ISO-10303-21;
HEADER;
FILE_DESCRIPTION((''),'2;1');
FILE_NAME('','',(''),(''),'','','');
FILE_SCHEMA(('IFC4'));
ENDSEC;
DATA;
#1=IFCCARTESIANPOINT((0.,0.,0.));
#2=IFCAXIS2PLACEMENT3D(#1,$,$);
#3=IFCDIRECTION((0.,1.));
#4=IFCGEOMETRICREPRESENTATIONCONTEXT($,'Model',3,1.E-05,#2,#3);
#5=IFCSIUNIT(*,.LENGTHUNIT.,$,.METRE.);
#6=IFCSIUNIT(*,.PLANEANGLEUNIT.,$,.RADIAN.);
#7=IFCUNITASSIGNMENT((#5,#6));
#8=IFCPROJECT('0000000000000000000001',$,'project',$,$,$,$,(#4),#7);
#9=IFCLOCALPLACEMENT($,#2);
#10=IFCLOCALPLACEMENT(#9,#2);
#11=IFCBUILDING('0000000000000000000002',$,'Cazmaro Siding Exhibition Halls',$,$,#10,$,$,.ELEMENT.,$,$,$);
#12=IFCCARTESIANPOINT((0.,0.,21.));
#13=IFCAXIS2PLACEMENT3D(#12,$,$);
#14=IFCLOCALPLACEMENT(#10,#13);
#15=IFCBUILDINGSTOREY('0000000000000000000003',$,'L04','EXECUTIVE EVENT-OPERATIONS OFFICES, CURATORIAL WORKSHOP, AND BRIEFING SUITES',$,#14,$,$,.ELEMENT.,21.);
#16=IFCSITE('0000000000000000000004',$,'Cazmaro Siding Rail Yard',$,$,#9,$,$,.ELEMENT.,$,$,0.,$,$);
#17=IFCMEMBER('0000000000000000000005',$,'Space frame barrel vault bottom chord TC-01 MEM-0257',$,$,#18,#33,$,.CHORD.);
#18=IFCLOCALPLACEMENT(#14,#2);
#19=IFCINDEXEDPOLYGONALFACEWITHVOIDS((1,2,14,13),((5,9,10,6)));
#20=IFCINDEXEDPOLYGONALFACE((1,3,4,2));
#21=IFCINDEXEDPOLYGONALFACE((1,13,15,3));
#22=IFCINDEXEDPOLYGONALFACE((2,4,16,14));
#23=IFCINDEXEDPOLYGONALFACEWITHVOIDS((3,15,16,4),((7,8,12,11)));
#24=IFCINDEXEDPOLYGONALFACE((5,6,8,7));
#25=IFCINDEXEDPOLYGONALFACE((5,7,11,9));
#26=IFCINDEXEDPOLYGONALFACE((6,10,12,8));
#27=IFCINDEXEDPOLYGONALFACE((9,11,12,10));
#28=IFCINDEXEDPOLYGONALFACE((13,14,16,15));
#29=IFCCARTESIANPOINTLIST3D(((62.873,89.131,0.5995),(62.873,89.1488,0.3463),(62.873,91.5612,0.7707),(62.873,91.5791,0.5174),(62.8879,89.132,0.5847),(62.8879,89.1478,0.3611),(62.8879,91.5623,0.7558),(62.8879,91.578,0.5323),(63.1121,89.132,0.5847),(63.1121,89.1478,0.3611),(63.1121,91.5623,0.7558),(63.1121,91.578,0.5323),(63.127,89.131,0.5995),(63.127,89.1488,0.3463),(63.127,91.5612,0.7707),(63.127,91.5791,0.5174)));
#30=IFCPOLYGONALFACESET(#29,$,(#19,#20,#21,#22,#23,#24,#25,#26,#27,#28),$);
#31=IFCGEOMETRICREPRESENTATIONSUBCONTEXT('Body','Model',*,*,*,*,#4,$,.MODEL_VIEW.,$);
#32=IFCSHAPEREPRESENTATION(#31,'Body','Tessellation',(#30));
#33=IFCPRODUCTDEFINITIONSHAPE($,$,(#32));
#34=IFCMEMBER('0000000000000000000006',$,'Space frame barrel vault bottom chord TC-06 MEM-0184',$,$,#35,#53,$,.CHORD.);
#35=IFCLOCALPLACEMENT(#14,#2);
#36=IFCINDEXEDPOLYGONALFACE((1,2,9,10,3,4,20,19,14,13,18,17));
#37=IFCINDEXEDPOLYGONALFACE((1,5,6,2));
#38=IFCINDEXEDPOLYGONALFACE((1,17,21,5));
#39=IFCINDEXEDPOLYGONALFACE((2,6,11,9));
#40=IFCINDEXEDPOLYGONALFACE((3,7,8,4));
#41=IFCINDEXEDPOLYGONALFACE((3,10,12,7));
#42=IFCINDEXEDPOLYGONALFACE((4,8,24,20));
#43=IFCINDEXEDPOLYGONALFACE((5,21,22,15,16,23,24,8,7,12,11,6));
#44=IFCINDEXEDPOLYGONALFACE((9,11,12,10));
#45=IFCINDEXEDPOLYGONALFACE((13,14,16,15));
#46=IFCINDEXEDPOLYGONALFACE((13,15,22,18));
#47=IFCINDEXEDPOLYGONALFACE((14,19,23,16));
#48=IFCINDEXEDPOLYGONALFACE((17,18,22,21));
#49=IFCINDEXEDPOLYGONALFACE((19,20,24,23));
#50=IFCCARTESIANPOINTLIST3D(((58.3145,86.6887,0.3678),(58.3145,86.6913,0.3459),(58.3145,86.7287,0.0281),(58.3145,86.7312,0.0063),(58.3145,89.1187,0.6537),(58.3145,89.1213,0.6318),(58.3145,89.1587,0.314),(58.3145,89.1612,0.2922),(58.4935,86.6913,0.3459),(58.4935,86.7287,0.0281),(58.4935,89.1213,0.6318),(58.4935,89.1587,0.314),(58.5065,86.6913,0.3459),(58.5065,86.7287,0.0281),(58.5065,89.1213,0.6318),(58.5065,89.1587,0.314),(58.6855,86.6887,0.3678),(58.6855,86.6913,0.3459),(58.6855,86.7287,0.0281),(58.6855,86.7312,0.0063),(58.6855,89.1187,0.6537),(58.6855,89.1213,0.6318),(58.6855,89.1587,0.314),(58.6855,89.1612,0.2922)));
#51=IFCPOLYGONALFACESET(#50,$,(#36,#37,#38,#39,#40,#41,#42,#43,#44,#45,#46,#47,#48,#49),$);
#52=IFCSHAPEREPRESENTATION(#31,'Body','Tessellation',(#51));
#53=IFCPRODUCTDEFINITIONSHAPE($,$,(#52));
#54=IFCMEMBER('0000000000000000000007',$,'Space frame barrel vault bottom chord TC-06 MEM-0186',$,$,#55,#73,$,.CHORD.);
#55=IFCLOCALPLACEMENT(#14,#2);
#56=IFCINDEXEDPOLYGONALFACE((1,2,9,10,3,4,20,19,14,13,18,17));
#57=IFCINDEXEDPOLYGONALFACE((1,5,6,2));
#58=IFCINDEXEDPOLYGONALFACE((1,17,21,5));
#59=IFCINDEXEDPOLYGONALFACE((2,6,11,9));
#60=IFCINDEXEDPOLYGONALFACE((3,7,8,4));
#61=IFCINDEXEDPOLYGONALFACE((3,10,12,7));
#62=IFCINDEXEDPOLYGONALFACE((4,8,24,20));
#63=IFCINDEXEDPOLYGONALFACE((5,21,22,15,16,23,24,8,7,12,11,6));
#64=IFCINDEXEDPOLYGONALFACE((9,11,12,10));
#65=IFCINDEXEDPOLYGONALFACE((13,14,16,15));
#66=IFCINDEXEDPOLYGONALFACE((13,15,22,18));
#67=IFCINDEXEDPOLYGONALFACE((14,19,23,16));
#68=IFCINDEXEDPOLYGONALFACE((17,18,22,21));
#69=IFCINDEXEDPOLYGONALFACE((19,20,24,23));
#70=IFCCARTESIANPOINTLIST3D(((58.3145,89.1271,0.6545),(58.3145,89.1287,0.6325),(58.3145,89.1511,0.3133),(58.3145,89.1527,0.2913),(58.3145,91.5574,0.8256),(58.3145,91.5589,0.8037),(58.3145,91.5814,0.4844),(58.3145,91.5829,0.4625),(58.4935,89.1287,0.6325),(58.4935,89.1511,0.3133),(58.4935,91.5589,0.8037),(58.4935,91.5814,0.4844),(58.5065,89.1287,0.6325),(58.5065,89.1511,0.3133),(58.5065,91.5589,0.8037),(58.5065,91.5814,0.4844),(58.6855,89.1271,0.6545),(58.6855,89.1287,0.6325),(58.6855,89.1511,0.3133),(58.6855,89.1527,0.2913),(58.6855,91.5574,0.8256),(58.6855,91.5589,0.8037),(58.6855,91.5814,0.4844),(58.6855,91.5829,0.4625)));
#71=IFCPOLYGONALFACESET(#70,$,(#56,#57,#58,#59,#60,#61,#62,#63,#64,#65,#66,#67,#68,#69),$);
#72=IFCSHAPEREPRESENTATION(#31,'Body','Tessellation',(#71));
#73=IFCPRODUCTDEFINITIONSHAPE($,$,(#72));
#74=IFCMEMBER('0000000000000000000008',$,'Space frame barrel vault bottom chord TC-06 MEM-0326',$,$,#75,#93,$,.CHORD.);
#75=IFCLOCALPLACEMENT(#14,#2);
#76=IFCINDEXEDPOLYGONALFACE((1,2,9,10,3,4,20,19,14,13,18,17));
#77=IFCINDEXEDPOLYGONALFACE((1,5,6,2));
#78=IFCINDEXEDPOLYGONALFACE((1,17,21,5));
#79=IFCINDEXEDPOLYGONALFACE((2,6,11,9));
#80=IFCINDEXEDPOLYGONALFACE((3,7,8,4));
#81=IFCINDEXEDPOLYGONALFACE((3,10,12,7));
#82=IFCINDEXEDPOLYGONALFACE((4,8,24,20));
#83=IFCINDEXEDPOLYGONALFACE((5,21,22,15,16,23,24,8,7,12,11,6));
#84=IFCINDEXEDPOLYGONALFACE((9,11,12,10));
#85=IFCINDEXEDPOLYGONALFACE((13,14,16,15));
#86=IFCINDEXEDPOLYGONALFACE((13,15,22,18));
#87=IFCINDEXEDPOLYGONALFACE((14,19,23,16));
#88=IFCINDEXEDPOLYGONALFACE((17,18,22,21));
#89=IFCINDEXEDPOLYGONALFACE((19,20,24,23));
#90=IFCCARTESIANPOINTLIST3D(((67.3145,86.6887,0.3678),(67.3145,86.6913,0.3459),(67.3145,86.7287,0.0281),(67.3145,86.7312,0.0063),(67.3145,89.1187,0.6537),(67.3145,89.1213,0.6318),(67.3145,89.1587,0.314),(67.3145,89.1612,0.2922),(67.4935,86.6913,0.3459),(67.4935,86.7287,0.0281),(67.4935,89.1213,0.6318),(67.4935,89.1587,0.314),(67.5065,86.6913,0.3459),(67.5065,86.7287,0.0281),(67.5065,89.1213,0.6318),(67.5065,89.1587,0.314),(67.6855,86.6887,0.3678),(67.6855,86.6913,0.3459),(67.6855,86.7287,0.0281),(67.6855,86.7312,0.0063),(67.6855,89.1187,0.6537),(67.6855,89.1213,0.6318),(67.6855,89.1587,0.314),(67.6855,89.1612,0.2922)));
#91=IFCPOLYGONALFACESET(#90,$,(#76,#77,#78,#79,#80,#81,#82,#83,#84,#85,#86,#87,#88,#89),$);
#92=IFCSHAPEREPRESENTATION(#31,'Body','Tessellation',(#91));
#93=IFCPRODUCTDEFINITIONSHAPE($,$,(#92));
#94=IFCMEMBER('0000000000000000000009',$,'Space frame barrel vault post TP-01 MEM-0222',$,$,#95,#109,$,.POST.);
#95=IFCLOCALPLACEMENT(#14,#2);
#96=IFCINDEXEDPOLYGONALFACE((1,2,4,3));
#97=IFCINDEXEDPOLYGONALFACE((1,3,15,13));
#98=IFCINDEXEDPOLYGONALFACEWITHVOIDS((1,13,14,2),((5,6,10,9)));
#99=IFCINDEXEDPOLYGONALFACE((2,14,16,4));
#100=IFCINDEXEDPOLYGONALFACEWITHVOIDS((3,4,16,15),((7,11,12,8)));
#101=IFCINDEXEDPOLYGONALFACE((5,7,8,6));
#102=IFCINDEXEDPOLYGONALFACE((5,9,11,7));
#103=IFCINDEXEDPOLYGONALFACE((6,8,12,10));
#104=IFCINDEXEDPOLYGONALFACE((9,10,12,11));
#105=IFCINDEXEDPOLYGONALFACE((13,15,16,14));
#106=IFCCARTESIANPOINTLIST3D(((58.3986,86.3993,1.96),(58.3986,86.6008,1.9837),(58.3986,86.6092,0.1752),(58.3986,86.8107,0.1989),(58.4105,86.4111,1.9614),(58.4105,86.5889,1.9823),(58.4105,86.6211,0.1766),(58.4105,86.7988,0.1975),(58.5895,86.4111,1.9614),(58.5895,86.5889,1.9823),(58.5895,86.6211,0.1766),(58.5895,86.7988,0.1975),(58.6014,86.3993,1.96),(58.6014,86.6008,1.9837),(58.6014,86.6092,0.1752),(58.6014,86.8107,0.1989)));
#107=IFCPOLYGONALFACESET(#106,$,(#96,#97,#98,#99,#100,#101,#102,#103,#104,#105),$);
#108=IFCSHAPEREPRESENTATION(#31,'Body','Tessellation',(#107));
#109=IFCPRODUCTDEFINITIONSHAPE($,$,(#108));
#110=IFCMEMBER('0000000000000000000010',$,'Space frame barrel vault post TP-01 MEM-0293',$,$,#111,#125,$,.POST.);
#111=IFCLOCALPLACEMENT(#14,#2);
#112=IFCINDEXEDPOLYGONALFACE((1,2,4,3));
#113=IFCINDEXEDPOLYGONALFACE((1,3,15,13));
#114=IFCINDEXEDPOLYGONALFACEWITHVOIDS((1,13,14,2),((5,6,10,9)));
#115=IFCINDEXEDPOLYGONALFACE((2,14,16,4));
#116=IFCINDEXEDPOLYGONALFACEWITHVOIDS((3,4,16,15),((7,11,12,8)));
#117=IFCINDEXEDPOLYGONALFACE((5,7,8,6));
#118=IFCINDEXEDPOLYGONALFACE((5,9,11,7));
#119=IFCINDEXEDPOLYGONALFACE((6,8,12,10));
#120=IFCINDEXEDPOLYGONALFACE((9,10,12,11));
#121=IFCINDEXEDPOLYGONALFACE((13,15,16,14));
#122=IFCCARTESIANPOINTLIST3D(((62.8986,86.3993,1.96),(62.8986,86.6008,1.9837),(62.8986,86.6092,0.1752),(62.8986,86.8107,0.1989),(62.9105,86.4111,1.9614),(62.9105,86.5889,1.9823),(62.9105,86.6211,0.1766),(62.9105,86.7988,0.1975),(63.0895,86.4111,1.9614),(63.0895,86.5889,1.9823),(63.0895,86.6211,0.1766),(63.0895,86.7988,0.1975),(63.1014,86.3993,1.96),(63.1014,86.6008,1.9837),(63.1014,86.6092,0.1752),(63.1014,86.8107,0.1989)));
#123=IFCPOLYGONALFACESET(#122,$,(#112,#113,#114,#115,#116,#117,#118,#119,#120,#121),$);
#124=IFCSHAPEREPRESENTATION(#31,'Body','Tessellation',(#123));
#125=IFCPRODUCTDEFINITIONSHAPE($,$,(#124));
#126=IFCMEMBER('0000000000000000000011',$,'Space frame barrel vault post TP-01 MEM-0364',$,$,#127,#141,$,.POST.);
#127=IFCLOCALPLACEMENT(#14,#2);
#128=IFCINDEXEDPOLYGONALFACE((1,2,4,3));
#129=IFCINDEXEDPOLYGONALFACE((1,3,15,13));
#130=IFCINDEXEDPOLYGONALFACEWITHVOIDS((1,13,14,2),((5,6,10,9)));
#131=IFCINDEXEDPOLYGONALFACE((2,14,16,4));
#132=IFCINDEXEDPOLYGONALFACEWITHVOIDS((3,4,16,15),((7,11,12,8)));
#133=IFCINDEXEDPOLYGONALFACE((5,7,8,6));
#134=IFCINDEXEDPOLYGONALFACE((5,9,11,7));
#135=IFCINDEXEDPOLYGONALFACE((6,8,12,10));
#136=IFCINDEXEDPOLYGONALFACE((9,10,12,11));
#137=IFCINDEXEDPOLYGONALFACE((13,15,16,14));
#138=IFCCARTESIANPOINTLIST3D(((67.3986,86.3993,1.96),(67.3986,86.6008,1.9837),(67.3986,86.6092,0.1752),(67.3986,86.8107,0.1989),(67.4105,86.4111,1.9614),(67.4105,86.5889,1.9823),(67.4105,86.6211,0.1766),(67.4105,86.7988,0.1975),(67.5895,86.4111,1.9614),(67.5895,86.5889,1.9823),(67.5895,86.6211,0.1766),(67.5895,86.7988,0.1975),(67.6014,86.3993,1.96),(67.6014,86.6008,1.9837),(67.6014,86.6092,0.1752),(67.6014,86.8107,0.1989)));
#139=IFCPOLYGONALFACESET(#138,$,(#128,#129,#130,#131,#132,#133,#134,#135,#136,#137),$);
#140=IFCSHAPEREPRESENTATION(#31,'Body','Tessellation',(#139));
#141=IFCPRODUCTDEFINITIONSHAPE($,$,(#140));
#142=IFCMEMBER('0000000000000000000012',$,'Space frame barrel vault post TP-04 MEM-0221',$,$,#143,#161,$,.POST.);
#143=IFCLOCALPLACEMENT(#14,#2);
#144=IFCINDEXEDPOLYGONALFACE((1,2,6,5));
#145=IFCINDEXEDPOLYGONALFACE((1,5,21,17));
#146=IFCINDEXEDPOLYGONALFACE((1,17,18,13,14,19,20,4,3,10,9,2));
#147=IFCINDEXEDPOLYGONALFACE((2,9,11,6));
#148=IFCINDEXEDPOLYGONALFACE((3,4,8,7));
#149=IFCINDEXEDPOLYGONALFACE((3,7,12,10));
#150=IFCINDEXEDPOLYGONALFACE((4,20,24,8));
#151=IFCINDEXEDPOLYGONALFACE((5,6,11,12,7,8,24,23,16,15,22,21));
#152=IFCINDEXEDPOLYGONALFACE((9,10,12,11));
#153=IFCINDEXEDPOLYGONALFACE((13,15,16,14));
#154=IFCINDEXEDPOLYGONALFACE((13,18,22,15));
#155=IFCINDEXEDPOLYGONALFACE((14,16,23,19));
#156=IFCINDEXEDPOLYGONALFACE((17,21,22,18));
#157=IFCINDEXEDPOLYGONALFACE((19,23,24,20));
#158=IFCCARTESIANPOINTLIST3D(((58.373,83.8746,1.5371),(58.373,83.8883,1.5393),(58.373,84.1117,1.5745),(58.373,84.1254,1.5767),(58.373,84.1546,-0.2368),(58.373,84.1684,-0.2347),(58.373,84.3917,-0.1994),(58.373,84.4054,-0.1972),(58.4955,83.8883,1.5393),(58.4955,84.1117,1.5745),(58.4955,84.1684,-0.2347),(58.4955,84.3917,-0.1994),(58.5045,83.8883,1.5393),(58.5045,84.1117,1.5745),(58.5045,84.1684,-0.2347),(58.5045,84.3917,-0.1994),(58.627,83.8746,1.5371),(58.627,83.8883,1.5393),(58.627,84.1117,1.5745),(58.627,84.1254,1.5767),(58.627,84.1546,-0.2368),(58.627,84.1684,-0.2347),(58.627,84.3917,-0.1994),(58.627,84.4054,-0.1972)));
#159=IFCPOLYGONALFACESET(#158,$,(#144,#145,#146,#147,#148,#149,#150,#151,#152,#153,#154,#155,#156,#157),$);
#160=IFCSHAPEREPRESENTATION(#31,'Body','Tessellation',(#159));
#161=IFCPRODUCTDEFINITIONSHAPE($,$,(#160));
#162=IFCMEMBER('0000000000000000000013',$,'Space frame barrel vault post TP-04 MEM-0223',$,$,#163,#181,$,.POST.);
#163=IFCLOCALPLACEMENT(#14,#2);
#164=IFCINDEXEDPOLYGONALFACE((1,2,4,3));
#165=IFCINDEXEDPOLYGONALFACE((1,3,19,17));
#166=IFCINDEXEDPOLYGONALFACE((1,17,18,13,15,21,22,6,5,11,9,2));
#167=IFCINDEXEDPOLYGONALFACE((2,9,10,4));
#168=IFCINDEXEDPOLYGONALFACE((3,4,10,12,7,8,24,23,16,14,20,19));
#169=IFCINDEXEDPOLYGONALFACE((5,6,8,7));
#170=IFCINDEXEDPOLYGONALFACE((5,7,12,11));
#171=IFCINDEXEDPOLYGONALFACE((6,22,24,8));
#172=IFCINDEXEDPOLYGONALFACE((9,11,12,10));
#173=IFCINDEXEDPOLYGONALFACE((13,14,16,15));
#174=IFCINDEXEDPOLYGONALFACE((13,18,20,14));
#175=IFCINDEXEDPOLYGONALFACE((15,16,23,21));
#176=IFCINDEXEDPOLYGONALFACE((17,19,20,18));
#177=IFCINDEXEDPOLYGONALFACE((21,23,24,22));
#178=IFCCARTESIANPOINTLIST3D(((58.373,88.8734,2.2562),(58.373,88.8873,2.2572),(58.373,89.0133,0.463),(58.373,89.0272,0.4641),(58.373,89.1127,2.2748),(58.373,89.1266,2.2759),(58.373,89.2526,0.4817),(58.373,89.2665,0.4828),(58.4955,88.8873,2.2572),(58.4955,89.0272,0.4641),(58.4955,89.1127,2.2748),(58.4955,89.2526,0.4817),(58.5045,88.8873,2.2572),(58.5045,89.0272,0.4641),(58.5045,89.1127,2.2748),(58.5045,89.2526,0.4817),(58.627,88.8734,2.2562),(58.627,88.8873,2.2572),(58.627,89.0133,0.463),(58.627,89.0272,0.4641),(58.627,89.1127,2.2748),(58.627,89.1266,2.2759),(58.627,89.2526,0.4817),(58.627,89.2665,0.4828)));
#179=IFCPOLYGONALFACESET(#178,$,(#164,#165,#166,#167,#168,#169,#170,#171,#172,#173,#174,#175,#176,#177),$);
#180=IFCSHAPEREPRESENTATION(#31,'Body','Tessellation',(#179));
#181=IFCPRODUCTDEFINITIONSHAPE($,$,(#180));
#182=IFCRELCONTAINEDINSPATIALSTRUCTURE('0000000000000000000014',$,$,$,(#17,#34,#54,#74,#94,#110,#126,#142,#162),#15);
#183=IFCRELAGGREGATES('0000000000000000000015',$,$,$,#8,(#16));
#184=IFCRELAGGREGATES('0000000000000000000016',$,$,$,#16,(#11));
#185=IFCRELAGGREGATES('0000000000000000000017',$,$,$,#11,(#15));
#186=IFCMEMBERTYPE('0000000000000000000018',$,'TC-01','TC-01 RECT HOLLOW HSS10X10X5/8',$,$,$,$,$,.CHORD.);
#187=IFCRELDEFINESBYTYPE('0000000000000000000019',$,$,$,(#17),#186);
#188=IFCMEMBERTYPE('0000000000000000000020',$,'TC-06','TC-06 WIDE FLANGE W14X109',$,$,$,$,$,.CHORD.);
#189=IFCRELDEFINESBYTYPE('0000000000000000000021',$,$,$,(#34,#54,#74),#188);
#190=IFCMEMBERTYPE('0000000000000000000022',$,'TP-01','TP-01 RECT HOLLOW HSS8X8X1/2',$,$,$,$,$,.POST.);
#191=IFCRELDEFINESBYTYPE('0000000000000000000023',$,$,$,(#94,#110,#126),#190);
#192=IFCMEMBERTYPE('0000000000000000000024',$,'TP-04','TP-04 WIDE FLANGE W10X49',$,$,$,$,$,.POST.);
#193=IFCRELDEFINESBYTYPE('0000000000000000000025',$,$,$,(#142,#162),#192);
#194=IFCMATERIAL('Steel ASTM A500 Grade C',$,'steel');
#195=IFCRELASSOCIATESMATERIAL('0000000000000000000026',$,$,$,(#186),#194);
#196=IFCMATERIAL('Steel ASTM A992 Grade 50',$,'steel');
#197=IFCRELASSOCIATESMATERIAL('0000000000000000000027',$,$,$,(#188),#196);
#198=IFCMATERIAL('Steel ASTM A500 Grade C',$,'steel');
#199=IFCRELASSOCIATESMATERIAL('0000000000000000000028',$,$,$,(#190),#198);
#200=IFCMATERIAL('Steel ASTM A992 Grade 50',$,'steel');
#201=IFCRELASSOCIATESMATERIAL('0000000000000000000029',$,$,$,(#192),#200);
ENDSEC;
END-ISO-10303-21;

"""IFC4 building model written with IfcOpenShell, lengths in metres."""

from ifc_helpers import new_model, si_unit, direction, frame, origin, origin_2d, place, context, subcontext, project, spatial, hollow_rectangle, i_section, extrude, material, material_profile, profile_set, type_object, element, save


model = new_model("IFC4")

# Units and contexts
model_context = context("Model", 3, precision=1e-05, world=origin(), true_north=direction((0.0, 1.0)))
body_context = subcontext(model_context, "Body", "Model", "MODEL_VIEW")
ifc_project = project(units=[si_unit("LENGTHUNIT", "METRE"), si_unit("PLANEANGLEUNIT", "RADIAN")], contexts=[model_context])

# Site, building, storey
site_placement = place(None, origin())
site = spatial("IfcSite", under=ifc_project, at=site_placement, Name="Cazmaro Siding Rail Yard", CompositionType="ELEMENT", RefElevation=0.0)
building_placement = place(site_placement, origin())
building = spatial("IfcBuilding", under=site, at=building_placement, Name="Cazmaro Siding Exhibition Halls", CompositionType="ELEMENT")
storey_placement = place(building_placement, frame((0.0, 0.0, 21.0)))
storey = spatial("IfcBuildingStorey", under=building, at=storey_placement, Name="L04", Description="EXECUTIVE EVENT-OPERATIONS OFFICES, CURATORIAL WORKSHOP, AND BRIEFING SUITES", CompositionType="ELEMENT", Elevation=21.0)

# Members
ifc_material_1 = material(Name="Steel ASTM A500 Grade C", Category="steel")
ifc_material_profile_1 = material_profile(ifc_material_1, hollow_rectangle(XDim=0.2539, YDim=0.2539, WallThickness=0.0149, at=origin_2d()), Name="HSS10X10X5/8")
ifc_profile_set_1 = profile_set([ifc_material_profile_1], Name="Steel ASTM A500 Grade C")
member_type_1 = type_object("IfcMemberType", Name="TC-01", Description="TC-01 RECT HOLLOW HSS10X10X5/8", PredefinedType="CHORD", material=ifc_profile_set_1)
member_1_placement = place(storey_placement, frame((63.0, 89.1399, 0.4729), z_axis=(0.0, 0.997529, 0.07025), x_axis=(-1.0, 0.0, 0.0)))
element("IfcMember", 1, at=member_1_placement, inside=storey, type_object=member_type_1, Name="Space frame barrel vault bottom chord TC-01 MEM-0257", PredefinedType="CHORD", context=body_context, shape_type="SweptSolid", body=[
    extrude(hollow_rectangle(XDim=0.2539, YDim=0.2539, WallThickness=0.0149, at=origin_2d()), origin(), (0.0, 0.0, 1.0), 2.4363),
])
ifc_material_2 = material(Name="Steel ASTM A992 Grade 50", Category="steel")
ifc_material_profile_2 = material_profile(ifc_material_2, i_section(OverallWidth=0.3711, OverallDepth=0.364, WebThickness=0.0129, FlangeThickness=0.022, at=origin_2d()), Name="W14X109")
ifc_profile_set_2 = profile_set([ifc_material_profile_2], Name="Steel ASTM A992 Grade 50")
member_type_2 = type_object("IfcMemberType", Name="TC-06", Description="TC-06 WIDE FLANGE W14X109", PredefinedType="CHORD", material=ifc_profile_set_2)
member_2_placement = place(storey_placement, frame((58.5, 86.71, 0.187), z_axis=(0.0, 0.99315, 0.116847), x_axis=(-1.0, 0.0, 0.0)))
element("IfcMember", 2, at=member_2_placement, inside=storey, type_object=member_type_2, Name="Space frame barrel vault bottom chord TC-06 MEM-0184", PredefinedType="CHORD", context=body_context, shape_type="SweptSolid", body=[
    extrude(i_section(OverallWidth=0.3711, OverallDepth=0.364, WebThickness=0.0129, FlangeThickness=0.022, at=origin_2d()), origin(), (0.0, 0.0, 1.0), 2.4468),
])
member_3_placement = place(storey_placement, frame((58.5, 89.1399, 0.4729), z_axis=(0.0, 0.997529, 0.07025), x_axis=(-1.0, 0.0, 0.0)))
element("IfcMember", 3, at=member_3_placement, inside=storey, type_object=member_type_2, Name="Space frame barrel vault bottom chord TC-06 MEM-0186", PredefinedType="CHORD", context=body_context, shape_type="SweptSolid", body=[
    extrude(i_section(OverallWidth=0.3711, OverallDepth=0.364, WebThickness=0.0129, FlangeThickness=0.022, at=origin_2d()), origin(), (0.0, 0.0, 1.0), 2.4363),
])
member_4_placement = place(storey_placement, frame((67.5, 86.71, 0.187), z_axis=(0.0, 0.99315, 0.116847), x_axis=(-1.0, 0.0, 0.0)))
element("IfcMember", 4, at=member_4_placement, inside=storey, type_object=member_type_2, Name="Space frame barrel vault bottom chord TC-06 MEM-0326", PredefinedType="CHORD", context=body_context, shape_type="SweptSolid", body=[
    extrude(i_section(OverallWidth=0.3711, OverallDepth=0.364, WebThickness=0.0129, FlangeThickness=0.022, at=origin_2d()), origin(), (0.0, 0.0, 1.0), 2.4468),
])
ifc_material_3 = material(Name="Steel ASTM A500 Grade C", Category="steel")
ifc_material_profile_3 = material_profile(ifc_material_3, hollow_rectangle(XDim=0.2029, YDim=0.2029, WallThickness=0.012, at=origin_2d()), Name="HSS8X8X1/2")
ifc_profile_set_3 = profile_set([ifc_material_profile_3], Name="Steel ASTM A500 Grade C")
member_type_3 = type_object("IfcMemberType", Name="TP-01", Description="TP-01 RECT HOLLOW HSS8X8X1/2", PredefinedType="POST", material=ifc_profile_set_3)
for number, where, z_axis, x_axis, name in (
    (5, (58.5, 86.71, 0.187), (0.0, -0.116825, 0.993152), (1.0, 0.0, 0.0), "Space frame barrel vault post TP-01 MEM-0222"),
    (6, (63.0, 86.71, 0.187), (0.0, -0.116825, 0.993152), (1.0, 0.0, 0.0), "Space frame barrel vault post TP-01 MEM-0293"),
    (7, (67.5, 86.71, 0.187), (0.0, -0.116825, 0.993152), (1.0, 0.0, 0.0), "Space frame barrel vault post TP-01 MEM-0364"),
):
    element("IfcMember", number, at=place(storey_placement, frame(where, z_axis=z_axis, x_axis=x_axis)), inside=storey, type_object=member_type_3, Name=name, PredefinedType="POST", context=body_context, shape_type="SweptSolid", body=[
        extrude(hollow_rectangle(XDim=0.2029, YDim=0.2029, WallThickness=0.012, at=origin_2d()), origin(), (0.0, 0.0, 1.0), 1.7971),
    ])
ifc_material_4 = material(Name="Steel ASTM A992 Grade 50", Category="steel")
ifc_material_profile_4 = material_profile(ifc_material_4, i_section(OverallWidth=0.2539, OverallDepth=0.2539, WebThickness=0.009, FlangeThickness=0.0139, at=origin_2d()), Name="W10X49")
ifc_profile_set_4 = profile_set([ifc_material_profile_4], Name="Steel ASTM A992 Grade 50")
member_type_4 = type_object("IfcMemberType", Name="TP-04", Description="TP-04 WIDE FLANGE W10X49", PredefinedType="POST", material=ifc_profile_set_4)
member_5_placement = place(storey_placement, frame((58.5, 84.28, -0.217), z_axis=(0.0, -0.155928, 0.987768), x_axis=(1.0, 0.0, 0.0)))
element("IfcMember", 8, at=member_5_placement, inside=storey, type_object=member_type_4, Name="Space frame barrel vault post TP-04 MEM-0221", PredefinedType="POST", context=body_context, shape_type="SweptSolid", body=[
    extrude(i_section(OverallWidth=0.2539, OverallDepth=0.2539, WebThickness=0.009, FlangeThickness=0.0139, at=origin_2d()), origin(), (0.0, 0.0, 1.0), 1.7959),
])
member_6_placement = place(storey_placement, frame((58.5, 89.1399, 0.4729), z_axis=(0.0, -0.077776, 0.996971), x_axis=(1.0, 0.0, 0.0)))
element("IfcMember", 9, at=member_6_placement, inside=storey, type_object=member_type_4, Name="Space frame barrel vault post TP-04 MEM-0223", PredefinedType="POST", context=body_context, shape_type="SweptSolid", body=[
    extrude(i_section(OverallWidth=0.2539, OverallDepth=0.2539, WebThickness=0.009, FlangeThickness=0.0139, at=origin_2d()), origin(), (0.0, 0.0, 1.0), 1.7986),
])

save(model, "model.ifc")
